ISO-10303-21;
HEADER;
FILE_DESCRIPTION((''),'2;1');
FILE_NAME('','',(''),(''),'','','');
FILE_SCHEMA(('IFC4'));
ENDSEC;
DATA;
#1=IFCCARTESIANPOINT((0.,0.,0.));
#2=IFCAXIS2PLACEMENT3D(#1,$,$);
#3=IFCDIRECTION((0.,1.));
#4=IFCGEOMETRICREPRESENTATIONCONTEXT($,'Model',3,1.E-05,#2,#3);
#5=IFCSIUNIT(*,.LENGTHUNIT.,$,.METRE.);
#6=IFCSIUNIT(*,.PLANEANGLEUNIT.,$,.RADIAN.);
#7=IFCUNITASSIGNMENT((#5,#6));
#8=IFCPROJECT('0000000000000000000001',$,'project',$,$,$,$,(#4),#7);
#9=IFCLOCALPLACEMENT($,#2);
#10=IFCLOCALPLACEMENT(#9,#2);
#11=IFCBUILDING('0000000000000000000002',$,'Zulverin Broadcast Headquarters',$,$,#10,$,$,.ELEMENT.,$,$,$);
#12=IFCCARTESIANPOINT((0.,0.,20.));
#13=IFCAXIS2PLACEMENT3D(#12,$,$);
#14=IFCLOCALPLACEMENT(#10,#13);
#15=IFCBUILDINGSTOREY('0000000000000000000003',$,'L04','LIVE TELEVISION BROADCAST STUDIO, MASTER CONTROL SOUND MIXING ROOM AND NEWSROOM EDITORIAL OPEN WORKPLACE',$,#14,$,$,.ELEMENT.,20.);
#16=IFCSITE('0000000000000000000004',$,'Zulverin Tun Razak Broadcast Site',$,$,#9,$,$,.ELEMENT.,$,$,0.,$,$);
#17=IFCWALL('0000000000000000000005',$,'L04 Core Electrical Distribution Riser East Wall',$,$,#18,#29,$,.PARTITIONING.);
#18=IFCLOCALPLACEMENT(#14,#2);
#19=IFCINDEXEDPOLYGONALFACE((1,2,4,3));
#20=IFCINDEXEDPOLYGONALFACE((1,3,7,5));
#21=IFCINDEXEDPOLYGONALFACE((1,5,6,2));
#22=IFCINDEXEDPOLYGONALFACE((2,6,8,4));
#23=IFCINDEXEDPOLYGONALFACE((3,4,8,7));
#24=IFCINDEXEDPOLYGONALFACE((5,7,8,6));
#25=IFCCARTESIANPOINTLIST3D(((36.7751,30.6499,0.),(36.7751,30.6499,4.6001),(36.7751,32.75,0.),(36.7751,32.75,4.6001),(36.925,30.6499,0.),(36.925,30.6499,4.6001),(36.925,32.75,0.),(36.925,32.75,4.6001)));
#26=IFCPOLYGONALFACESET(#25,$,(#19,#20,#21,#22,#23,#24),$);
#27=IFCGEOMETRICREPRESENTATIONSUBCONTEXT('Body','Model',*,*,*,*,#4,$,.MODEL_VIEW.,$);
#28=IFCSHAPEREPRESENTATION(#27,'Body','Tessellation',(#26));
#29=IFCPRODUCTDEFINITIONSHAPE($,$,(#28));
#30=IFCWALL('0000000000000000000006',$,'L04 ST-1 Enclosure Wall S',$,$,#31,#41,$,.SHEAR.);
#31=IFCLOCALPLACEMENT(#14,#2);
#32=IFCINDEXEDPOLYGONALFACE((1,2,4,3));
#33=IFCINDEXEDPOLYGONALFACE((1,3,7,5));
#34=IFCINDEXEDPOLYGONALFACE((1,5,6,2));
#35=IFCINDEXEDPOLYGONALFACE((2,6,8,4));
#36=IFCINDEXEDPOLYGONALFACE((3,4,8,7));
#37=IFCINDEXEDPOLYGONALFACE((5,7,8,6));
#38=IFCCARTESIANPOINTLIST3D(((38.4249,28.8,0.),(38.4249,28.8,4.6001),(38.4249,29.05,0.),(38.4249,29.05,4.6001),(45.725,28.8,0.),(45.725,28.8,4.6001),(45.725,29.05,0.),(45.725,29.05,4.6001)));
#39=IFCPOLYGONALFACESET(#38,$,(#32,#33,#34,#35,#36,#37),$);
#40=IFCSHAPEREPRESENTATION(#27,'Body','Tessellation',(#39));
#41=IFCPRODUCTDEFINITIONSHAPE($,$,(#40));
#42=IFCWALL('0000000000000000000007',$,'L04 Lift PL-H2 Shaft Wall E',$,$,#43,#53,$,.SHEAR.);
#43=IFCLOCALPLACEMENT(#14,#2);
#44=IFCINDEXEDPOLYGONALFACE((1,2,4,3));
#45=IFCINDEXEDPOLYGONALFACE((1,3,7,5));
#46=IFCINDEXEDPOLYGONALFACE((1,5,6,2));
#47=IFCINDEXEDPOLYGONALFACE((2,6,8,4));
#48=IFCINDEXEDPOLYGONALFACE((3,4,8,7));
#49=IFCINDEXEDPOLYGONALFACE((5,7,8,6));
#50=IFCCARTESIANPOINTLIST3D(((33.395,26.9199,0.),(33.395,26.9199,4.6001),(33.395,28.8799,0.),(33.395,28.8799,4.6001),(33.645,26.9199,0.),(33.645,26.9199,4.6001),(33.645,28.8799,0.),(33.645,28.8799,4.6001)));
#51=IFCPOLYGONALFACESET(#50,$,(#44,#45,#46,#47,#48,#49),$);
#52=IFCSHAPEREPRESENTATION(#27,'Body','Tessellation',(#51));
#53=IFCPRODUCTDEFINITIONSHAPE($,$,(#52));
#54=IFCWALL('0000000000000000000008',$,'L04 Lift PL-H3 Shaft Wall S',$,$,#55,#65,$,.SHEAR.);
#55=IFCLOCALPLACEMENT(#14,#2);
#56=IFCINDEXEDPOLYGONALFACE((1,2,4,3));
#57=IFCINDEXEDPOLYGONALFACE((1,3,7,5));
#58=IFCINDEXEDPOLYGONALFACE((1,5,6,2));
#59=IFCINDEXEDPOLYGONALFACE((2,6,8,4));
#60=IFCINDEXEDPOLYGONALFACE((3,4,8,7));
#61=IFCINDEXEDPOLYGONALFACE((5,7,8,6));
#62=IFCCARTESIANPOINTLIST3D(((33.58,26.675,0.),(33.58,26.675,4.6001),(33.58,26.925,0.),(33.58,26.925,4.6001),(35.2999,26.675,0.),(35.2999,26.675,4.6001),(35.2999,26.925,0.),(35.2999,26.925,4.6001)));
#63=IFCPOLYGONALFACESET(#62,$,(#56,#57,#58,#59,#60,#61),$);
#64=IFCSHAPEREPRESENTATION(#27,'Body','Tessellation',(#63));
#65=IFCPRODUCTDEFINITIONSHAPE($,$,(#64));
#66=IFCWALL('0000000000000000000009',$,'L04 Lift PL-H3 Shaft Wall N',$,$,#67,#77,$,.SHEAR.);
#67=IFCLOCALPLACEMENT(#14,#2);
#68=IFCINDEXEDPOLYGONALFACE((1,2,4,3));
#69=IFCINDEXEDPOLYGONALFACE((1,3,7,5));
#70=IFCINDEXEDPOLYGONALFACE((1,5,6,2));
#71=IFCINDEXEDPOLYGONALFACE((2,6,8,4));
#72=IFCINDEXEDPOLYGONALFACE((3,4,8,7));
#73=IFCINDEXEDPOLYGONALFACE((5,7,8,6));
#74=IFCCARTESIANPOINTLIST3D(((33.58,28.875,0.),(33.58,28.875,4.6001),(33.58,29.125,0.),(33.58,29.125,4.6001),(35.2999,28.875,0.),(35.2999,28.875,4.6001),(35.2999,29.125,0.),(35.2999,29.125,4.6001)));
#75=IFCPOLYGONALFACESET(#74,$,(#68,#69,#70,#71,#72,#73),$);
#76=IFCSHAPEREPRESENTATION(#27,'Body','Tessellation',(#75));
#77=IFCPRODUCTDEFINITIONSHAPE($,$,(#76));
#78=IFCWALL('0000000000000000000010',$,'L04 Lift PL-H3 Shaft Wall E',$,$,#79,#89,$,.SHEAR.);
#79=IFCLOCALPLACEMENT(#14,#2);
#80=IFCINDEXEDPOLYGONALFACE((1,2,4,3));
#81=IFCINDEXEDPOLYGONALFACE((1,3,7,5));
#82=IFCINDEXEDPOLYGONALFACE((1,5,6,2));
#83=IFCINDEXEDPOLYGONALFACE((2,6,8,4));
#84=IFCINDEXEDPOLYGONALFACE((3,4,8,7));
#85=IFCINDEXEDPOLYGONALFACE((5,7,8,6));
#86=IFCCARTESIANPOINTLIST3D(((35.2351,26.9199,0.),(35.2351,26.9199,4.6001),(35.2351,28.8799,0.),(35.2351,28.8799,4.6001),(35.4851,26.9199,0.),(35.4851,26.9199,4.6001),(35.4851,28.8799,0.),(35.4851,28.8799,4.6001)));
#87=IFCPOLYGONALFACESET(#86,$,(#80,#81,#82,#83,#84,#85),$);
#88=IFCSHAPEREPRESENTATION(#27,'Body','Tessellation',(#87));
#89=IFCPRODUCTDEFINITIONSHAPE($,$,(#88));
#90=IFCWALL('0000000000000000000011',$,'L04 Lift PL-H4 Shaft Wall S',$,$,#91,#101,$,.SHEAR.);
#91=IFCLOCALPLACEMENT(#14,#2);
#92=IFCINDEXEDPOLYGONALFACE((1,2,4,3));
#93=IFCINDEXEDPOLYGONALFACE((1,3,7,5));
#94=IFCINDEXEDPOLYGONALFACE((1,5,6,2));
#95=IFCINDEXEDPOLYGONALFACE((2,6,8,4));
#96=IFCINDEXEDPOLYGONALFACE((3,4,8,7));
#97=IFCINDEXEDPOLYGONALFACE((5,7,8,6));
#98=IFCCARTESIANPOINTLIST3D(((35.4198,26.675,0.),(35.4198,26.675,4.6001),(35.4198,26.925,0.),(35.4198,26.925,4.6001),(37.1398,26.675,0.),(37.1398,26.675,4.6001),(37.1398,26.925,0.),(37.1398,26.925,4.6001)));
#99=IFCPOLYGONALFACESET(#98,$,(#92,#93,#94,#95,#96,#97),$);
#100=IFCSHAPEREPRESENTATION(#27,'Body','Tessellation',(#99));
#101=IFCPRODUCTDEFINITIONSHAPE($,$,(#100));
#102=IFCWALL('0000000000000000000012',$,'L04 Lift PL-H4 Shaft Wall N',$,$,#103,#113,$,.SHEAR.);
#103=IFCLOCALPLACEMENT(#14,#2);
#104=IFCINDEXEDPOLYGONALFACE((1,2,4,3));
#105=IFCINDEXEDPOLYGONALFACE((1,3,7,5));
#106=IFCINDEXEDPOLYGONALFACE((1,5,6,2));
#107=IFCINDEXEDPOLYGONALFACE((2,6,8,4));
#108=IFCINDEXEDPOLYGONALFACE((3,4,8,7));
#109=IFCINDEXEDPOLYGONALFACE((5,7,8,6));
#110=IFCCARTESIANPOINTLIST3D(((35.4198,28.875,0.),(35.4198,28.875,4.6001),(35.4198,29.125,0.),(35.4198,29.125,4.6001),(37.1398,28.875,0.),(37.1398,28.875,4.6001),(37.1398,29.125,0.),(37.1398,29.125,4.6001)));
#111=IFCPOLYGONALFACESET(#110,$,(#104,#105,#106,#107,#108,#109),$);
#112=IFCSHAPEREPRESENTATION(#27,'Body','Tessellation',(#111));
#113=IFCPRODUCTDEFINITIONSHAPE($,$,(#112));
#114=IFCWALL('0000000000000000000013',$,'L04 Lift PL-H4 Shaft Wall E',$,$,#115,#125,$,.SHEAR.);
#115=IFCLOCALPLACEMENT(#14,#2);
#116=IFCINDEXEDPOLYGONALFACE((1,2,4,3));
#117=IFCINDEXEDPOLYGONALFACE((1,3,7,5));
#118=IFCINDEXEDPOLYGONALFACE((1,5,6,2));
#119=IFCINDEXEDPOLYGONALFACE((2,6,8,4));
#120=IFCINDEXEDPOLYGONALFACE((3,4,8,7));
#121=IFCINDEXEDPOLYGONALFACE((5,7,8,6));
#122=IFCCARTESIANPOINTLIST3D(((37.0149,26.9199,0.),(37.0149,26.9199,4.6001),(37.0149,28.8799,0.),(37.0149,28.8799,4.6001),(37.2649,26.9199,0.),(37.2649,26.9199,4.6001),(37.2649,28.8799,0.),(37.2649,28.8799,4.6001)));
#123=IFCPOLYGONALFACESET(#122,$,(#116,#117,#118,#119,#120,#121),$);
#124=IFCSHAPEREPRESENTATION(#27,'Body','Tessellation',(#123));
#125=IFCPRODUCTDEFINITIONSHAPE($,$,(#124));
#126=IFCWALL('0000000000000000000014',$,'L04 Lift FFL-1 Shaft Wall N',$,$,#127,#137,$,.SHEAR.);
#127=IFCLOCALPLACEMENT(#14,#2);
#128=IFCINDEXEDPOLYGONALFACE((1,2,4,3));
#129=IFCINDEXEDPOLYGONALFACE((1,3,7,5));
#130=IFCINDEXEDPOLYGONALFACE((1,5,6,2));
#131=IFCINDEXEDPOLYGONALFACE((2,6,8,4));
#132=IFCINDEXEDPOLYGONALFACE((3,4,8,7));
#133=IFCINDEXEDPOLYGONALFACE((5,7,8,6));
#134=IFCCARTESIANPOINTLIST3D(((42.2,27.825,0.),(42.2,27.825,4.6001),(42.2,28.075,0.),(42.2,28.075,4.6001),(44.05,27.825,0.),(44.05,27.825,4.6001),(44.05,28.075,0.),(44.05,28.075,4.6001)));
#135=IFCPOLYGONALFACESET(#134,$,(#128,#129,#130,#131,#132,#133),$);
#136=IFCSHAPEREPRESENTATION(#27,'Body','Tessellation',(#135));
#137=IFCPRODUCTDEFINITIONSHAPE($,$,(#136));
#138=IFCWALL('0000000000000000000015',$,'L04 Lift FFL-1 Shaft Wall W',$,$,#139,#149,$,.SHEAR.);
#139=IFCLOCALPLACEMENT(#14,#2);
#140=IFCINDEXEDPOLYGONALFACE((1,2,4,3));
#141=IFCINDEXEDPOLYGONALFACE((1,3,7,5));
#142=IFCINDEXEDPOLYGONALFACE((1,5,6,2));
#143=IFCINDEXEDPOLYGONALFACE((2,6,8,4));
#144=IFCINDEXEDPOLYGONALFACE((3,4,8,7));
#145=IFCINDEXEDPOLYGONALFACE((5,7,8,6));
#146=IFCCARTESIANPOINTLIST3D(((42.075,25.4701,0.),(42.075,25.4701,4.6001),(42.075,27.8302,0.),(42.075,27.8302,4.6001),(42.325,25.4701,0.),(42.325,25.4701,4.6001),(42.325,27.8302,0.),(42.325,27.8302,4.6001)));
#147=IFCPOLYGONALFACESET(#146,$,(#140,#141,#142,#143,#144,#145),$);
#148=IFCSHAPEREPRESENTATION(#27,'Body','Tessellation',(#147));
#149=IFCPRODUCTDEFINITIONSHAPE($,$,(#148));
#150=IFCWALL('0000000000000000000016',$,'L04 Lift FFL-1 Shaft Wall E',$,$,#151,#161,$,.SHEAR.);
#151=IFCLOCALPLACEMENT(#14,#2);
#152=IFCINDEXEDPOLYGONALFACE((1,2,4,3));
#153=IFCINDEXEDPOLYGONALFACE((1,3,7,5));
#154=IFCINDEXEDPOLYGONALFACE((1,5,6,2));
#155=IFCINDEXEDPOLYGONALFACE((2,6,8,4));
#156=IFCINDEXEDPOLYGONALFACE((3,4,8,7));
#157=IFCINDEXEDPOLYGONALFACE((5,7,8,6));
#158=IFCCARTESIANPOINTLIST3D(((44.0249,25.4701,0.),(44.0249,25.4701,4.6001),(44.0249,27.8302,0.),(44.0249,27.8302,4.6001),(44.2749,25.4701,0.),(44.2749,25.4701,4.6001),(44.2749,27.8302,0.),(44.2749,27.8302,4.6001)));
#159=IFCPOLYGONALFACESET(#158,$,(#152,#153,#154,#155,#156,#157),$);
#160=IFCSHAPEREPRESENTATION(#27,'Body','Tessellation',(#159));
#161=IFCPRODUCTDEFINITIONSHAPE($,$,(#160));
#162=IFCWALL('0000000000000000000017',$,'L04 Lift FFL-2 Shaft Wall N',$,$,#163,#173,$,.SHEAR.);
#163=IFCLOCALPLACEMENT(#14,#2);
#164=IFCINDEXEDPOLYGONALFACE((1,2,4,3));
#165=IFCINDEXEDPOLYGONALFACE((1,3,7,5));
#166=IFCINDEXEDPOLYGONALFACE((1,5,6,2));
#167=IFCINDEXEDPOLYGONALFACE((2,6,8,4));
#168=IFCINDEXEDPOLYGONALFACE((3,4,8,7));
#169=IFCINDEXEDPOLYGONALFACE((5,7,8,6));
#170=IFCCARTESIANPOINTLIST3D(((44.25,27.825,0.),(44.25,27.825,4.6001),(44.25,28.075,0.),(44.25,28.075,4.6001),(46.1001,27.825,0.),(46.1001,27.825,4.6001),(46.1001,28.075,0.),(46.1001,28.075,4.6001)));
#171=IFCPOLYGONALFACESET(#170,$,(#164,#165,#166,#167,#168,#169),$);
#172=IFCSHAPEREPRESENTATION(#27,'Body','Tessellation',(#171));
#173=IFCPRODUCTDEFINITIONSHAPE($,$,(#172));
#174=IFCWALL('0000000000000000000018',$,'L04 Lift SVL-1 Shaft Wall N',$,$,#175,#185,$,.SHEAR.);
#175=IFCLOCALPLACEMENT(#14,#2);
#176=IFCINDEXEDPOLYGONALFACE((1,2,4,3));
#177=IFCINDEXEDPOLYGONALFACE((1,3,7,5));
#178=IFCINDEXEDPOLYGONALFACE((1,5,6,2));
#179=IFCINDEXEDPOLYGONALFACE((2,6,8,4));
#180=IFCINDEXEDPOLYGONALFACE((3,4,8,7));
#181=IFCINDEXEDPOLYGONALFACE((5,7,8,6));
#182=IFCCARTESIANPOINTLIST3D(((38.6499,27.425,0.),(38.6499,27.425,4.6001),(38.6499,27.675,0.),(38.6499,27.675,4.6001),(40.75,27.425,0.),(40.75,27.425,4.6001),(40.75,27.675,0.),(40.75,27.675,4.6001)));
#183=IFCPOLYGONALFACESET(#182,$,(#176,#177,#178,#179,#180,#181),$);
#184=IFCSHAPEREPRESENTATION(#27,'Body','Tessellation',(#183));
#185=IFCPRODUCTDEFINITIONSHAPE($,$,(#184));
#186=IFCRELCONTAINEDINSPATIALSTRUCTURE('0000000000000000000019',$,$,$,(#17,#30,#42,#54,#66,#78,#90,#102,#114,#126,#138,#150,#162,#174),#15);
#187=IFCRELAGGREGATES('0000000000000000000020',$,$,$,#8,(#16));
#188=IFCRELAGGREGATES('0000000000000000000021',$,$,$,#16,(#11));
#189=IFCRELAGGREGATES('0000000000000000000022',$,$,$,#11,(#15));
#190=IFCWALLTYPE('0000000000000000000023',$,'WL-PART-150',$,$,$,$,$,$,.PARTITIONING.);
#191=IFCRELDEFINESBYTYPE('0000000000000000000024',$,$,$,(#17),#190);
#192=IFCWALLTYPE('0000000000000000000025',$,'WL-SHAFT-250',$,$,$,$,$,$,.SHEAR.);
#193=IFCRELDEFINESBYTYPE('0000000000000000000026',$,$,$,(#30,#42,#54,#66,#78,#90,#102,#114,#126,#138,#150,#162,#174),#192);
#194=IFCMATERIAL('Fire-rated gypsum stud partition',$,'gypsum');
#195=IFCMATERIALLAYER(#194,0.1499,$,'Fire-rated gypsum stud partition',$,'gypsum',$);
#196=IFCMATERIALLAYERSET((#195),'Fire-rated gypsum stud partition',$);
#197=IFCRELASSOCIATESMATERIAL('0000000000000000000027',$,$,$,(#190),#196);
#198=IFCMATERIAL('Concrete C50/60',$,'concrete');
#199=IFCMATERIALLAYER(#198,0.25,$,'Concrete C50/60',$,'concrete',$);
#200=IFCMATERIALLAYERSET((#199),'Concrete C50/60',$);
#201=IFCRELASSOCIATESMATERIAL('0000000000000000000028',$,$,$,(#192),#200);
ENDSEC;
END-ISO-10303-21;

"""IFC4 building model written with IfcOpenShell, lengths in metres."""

from ifc_helpers import new_model, si_unit, direction, frame, frame_2d, origin, place, context, subcontext, project, spatial, rectangle, extrude, material, layer, layer_set, type_object, element, save


model = new_model("IFC4")

# Units and contexts
model_context = context("Model", 3, precision=1e-05, world=origin(), true_north=direction((0.0, 1.0)))
body_context = subcontext(model_context, "Body", "Model", "MODEL_VIEW")
ifc_project = project(units=[si_unit("LENGTHUNIT", "METRE"), si_unit("PLANEANGLEUNIT", "RADIAN")], contexts=[model_context])

# Site, building, storey
site_placement = place(None, origin())
site = spatial("IfcSite", under=ifc_project, at=site_placement, Name="Zulverin Tun Razak Broadcast Site", CompositionType="ELEMENT", RefElevation=0.0)
building_placement = place(site_placement, origin())
building = spatial("IfcBuilding", under=site, at=building_placement, Name="Zulverin Broadcast Headquarters", CompositionType="ELEMENT")
storey_placement = place(building_placement, frame((0.0, 0.0, 20.0)))
storey = spatial("IfcBuildingStorey", under=building, at=storey_placement, Name="L04", Description="LIVE TELEVISION BROADCAST STUDIO, MASTER CONTROL SOUND MIXING ROOM AND NEWSROOM EDITORIAL OPEN WORKPLACE", CompositionType="ELEMENT", Elevation=20.0)

# Walls
ifc_material_1 = material(Name="Fire-rated gypsum stud partition", Category="gypsum")
ifc_layer_1 = layer(ifc_material_1, 0.1499, Name="Fire-rated gypsum stud partition", Category="gypsum")
ifc_layer_set_1 = layer_set([ifc_layer_1], Name="Fire-rated gypsum stud partition")
wall_type_1 = type_object("IfcWallType", Name="WL-PART-150", PredefinedType="PARTITIONING", material=ifc_layer_set_1)
wall_1_placement = place(storey_placement, frame((36.8501, 30.6499, 0.0), z_axis=(0.0, 0.0, 1.0), x_axis=(0.0, 1.0, 0.0)))
element("IfcWall", 1, at=wall_1_placement, inside=storey, type_object=wall_type_1, Name="L04 Core Electrical Distribution Riser East Wall", PredefinedType="PARTITIONING", context=body_context, shape_type="SweptSolid", body=[
    extrude(rectangle(XDim=2.1001, YDim=0.1499, at=frame_2d((1.05, 0.0))), origin(), (0.0, 0.0, 1.0), 4.6001),
])
ifc_material_2 = material(Name="Concrete C50/60", Category="concrete")
ifc_layer_2 = layer(ifc_material_2, 0.25, Name="Concrete C50/60", Category="concrete")
ifc_layer_set_2 = layer_set([ifc_layer_2], Name="Concrete C50/60")
wall_type_2 = type_object("IfcWallType", Name="WL-SHAFT-250", PredefinedType="SHEAR", material=ifc_layer_set_2)
wall_2_placement = place(storey_placement, frame((38.425, 28.925, 0.0), z_axis=(0.0, 0.0, 1.0), x_axis=(1.0, 0.0, 0.0)))
element("IfcWall", 2, at=wall_2_placement, inside=storey, type_object=wall_type_2, Name="L04 ST-1 Enclosure Wall S", PredefinedType="SHEAR", context=body_context, shape_type="SweptSolid", body=[
    extrude(rectangle(XDim=7.3, YDim=0.25, at=frame_2d((3.6499, 0.0))), origin(), (0.0, 0.0, 1.0), 4.6001),
])

# Walls
wall_3_placement = place(storey_placement, frame((33.52, 26.9199, 0.0), z_axis=(0.0, 0.0, 1.0), x_axis=(0.0, 1.0, 0.0)))
element("IfcWall", 3, at=wall_3_placement, inside=storey, type_object=wall_type_2, Name="L04 Lift PL-H2 Shaft Wall E", PredefinedType="SHEAR", context=body_context, shape_type="SweptSolid", body=[
    extrude(rectangle(XDim=1.96, YDim=0.25, at=frame_2d((0.98, 0.0))), origin(), (0.0, 0.0, 1.0), 4.6001),
])
for number, where, z_axis, x_axis, name in (
    (4, (33.5801, 26.8, 0.0), (0.0, 0.0, 1.0), (1.0, 0.0, 0.0), "L04 Lift PL-H3 Shaft Wall S"),
    (5, (33.5801, 29.0, 0.0), (0.0, 0.0, 1.0), (1.0, 0.0, 0.0), "L04 Lift PL-H3 Shaft Wall N"),
):
    element("IfcWall", number, at=place(storey_placement, frame(where, z_axis=z_axis, x_axis=x_axis)), inside=storey, type_object=wall_type_2, Name=name, PredefinedType="SHEAR", context=body_context, shape_type="SweptSolid", body=[
        extrude(rectangle(XDim=1.72, YDim=0.25, at=frame_2d((0.8599, 0.0))), origin(), (0.0, 0.0, 1.0), 4.6001),
    ])
wall_4_placement = place(storey_placement, frame((35.3601, 26.9199, 0.0), z_axis=(0.0, 0.0, 1.0), x_axis=(0.0, 1.0, 0.0)))
element("IfcWall", 6, at=wall_4_placement, inside=storey, type_object=wall_type_2, Name="L04 Lift PL-H3 Shaft Wall E", PredefinedType="SHEAR", context=body_context, shape_type="SweptSolid", body=[
    extrude(rectangle(XDim=1.96, YDim=0.25, at=frame_2d((0.98, 0.0))), origin(), (0.0, 0.0, 1.0), 4.6001),
])
for number, where, z_axis, x_axis, name in (
    (7, (35.4199, 26.8, 0.0), (0.0, 0.0, 1.0), (1.0, 0.0, 0.0), "L04 Lift PL-H4 Shaft Wall S"),
    (8, (35.4199, 29.0, 0.0), (0.0, 0.0, 1.0), (1.0, 0.0, 0.0), "L04 Lift PL-H4 Shaft Wall N"),
):
    element("IfcWall", number, at=place(storey_placement, frame(where, z_axis=z_axis, x_axis=x_axis)), inside=storey, type_object=wall_type_2, Name=name, PredefinedType="SHEAR", context=body_context, shape_type="SweptSolid", body=[
        extrude(rectangle(XDim=1.72, YDim=0.25, at=frame_2d((0.8599, 0.0))), origin(), (0.0, 0.0, 1.0), 4.6001),
    ])
wall_5_placement = place(storey_placement, frame((37.1399, 26.9199, 0.0), z_axis=(0.0, 0.0, 1.0), x_axis=(0.0, 1.0, 0.0)))
element("IfcWall", 9, at=wall_5_placement, inside=storey, type_object=wall_type_2, Name="L04 Lift PL-H4 Shaft Wall E", PredefinedType="SHEAR", context=body_context, shape_type="SweptSolid", body=[
    extrude(rectangle(XDim=1.96, YDim=0.25, at=frame_2d((0.98, 0.0))), origin(), (0.0, 0.0, 1.0), 4.6001),
])

# Walls
wall_6_placement = place(storey_placement, frame((42.2, 27.95, 0.0), z_axis=(0.0, 0.0, 1.0), x_axis=(1.0, 0.0, 0.0)))
element("IfcWall", 10, at=wall_6_placement, inside=storey, type_object=wall_type_2, Name="L04 Lift FFL-1 Shaft Wall N", PredefinedType="SHEAR", context=body_context, shape_type="SweptSolid", body=[
    extrude(rectangle(XDim=1.8501, YDim=0.25, at=frame_2d((0.925, 0.0))), origin(), (0.0, 0.0, 1.0), 4.6001),
])
for number, where, z_axis, x_axis, name in (
    (11, (42.2, 25.47, 0.0), (0.0, 0.0, 1.0), (0.0, 1.0, 0.0), "L04 Lift FFL-1 Shaft Wall W"),
    (12, (44.1499, 25.47, 0.0), (0.0, 0.0, 1.0), (0.0, 1.0, 0.0), "L04 Lift FFL-1 Shaft Wall E"),
):
    element("IfcWall", number, at=place(storey_placement, frame(where, z_axis=z_axis, x_axis=x_axis)), inside=storey, type_object=wall_type_2, Name=name, PredefinedType="SHEAR", context=body_context, shape_type="SweptSolid", body=[
        extrude(rectangle(XDim=2.3601, YDim=0.25, at=frame_2d((1.1802, 0.0))), origin(), (0.0, 0.0, 1.0), 4.6001),
    ])

# Walls
wall_7_placement = place(storey_placement, frame((44.25, 27.95, 0.0), z_axis=(0.0, 0.0, 1.0), x_axis=(1.0, 0.0, 0.0)))
element("IfcWall", 13, at=wall_7_placement, inside=storey, type_object=wall_type_2, Name="L04 Lift FFL-2 Shaft Wall N", PredefinedType="SHEAR", context=body_context, shape_type="SweptSolid", body=[
    extrude(rectangle(XDim=1.8501, YDim=0.25, at=frame_2d((0.925, 0.0))), origin(), (0.0, 0.0, 1.0), 4.6001),
])
wall_8_placement = place(storey_placement, frame((38.6499, 27.55, 0.0), z_axis=(0.0, 0.0, 1.0), x_axis=(1.0, 0.0, 0.0)))
element("IfcWall", 14, at=wall_8_placement, inside=storey, type_object=wall_type_2, Name="L04 Lift SVL-1 Shaft Wall N", PredefinedType="SHEAR", context=body_context, shape_type="SweptSolid", body=[
    extrude(rectangle(XDim=2.1001, YDim=0.25, at=frame_2d((1.05, 0.0))), origin(), (0.0, 0.0, 1.0), 4.6001),
])

save(model, "model.ifc")
